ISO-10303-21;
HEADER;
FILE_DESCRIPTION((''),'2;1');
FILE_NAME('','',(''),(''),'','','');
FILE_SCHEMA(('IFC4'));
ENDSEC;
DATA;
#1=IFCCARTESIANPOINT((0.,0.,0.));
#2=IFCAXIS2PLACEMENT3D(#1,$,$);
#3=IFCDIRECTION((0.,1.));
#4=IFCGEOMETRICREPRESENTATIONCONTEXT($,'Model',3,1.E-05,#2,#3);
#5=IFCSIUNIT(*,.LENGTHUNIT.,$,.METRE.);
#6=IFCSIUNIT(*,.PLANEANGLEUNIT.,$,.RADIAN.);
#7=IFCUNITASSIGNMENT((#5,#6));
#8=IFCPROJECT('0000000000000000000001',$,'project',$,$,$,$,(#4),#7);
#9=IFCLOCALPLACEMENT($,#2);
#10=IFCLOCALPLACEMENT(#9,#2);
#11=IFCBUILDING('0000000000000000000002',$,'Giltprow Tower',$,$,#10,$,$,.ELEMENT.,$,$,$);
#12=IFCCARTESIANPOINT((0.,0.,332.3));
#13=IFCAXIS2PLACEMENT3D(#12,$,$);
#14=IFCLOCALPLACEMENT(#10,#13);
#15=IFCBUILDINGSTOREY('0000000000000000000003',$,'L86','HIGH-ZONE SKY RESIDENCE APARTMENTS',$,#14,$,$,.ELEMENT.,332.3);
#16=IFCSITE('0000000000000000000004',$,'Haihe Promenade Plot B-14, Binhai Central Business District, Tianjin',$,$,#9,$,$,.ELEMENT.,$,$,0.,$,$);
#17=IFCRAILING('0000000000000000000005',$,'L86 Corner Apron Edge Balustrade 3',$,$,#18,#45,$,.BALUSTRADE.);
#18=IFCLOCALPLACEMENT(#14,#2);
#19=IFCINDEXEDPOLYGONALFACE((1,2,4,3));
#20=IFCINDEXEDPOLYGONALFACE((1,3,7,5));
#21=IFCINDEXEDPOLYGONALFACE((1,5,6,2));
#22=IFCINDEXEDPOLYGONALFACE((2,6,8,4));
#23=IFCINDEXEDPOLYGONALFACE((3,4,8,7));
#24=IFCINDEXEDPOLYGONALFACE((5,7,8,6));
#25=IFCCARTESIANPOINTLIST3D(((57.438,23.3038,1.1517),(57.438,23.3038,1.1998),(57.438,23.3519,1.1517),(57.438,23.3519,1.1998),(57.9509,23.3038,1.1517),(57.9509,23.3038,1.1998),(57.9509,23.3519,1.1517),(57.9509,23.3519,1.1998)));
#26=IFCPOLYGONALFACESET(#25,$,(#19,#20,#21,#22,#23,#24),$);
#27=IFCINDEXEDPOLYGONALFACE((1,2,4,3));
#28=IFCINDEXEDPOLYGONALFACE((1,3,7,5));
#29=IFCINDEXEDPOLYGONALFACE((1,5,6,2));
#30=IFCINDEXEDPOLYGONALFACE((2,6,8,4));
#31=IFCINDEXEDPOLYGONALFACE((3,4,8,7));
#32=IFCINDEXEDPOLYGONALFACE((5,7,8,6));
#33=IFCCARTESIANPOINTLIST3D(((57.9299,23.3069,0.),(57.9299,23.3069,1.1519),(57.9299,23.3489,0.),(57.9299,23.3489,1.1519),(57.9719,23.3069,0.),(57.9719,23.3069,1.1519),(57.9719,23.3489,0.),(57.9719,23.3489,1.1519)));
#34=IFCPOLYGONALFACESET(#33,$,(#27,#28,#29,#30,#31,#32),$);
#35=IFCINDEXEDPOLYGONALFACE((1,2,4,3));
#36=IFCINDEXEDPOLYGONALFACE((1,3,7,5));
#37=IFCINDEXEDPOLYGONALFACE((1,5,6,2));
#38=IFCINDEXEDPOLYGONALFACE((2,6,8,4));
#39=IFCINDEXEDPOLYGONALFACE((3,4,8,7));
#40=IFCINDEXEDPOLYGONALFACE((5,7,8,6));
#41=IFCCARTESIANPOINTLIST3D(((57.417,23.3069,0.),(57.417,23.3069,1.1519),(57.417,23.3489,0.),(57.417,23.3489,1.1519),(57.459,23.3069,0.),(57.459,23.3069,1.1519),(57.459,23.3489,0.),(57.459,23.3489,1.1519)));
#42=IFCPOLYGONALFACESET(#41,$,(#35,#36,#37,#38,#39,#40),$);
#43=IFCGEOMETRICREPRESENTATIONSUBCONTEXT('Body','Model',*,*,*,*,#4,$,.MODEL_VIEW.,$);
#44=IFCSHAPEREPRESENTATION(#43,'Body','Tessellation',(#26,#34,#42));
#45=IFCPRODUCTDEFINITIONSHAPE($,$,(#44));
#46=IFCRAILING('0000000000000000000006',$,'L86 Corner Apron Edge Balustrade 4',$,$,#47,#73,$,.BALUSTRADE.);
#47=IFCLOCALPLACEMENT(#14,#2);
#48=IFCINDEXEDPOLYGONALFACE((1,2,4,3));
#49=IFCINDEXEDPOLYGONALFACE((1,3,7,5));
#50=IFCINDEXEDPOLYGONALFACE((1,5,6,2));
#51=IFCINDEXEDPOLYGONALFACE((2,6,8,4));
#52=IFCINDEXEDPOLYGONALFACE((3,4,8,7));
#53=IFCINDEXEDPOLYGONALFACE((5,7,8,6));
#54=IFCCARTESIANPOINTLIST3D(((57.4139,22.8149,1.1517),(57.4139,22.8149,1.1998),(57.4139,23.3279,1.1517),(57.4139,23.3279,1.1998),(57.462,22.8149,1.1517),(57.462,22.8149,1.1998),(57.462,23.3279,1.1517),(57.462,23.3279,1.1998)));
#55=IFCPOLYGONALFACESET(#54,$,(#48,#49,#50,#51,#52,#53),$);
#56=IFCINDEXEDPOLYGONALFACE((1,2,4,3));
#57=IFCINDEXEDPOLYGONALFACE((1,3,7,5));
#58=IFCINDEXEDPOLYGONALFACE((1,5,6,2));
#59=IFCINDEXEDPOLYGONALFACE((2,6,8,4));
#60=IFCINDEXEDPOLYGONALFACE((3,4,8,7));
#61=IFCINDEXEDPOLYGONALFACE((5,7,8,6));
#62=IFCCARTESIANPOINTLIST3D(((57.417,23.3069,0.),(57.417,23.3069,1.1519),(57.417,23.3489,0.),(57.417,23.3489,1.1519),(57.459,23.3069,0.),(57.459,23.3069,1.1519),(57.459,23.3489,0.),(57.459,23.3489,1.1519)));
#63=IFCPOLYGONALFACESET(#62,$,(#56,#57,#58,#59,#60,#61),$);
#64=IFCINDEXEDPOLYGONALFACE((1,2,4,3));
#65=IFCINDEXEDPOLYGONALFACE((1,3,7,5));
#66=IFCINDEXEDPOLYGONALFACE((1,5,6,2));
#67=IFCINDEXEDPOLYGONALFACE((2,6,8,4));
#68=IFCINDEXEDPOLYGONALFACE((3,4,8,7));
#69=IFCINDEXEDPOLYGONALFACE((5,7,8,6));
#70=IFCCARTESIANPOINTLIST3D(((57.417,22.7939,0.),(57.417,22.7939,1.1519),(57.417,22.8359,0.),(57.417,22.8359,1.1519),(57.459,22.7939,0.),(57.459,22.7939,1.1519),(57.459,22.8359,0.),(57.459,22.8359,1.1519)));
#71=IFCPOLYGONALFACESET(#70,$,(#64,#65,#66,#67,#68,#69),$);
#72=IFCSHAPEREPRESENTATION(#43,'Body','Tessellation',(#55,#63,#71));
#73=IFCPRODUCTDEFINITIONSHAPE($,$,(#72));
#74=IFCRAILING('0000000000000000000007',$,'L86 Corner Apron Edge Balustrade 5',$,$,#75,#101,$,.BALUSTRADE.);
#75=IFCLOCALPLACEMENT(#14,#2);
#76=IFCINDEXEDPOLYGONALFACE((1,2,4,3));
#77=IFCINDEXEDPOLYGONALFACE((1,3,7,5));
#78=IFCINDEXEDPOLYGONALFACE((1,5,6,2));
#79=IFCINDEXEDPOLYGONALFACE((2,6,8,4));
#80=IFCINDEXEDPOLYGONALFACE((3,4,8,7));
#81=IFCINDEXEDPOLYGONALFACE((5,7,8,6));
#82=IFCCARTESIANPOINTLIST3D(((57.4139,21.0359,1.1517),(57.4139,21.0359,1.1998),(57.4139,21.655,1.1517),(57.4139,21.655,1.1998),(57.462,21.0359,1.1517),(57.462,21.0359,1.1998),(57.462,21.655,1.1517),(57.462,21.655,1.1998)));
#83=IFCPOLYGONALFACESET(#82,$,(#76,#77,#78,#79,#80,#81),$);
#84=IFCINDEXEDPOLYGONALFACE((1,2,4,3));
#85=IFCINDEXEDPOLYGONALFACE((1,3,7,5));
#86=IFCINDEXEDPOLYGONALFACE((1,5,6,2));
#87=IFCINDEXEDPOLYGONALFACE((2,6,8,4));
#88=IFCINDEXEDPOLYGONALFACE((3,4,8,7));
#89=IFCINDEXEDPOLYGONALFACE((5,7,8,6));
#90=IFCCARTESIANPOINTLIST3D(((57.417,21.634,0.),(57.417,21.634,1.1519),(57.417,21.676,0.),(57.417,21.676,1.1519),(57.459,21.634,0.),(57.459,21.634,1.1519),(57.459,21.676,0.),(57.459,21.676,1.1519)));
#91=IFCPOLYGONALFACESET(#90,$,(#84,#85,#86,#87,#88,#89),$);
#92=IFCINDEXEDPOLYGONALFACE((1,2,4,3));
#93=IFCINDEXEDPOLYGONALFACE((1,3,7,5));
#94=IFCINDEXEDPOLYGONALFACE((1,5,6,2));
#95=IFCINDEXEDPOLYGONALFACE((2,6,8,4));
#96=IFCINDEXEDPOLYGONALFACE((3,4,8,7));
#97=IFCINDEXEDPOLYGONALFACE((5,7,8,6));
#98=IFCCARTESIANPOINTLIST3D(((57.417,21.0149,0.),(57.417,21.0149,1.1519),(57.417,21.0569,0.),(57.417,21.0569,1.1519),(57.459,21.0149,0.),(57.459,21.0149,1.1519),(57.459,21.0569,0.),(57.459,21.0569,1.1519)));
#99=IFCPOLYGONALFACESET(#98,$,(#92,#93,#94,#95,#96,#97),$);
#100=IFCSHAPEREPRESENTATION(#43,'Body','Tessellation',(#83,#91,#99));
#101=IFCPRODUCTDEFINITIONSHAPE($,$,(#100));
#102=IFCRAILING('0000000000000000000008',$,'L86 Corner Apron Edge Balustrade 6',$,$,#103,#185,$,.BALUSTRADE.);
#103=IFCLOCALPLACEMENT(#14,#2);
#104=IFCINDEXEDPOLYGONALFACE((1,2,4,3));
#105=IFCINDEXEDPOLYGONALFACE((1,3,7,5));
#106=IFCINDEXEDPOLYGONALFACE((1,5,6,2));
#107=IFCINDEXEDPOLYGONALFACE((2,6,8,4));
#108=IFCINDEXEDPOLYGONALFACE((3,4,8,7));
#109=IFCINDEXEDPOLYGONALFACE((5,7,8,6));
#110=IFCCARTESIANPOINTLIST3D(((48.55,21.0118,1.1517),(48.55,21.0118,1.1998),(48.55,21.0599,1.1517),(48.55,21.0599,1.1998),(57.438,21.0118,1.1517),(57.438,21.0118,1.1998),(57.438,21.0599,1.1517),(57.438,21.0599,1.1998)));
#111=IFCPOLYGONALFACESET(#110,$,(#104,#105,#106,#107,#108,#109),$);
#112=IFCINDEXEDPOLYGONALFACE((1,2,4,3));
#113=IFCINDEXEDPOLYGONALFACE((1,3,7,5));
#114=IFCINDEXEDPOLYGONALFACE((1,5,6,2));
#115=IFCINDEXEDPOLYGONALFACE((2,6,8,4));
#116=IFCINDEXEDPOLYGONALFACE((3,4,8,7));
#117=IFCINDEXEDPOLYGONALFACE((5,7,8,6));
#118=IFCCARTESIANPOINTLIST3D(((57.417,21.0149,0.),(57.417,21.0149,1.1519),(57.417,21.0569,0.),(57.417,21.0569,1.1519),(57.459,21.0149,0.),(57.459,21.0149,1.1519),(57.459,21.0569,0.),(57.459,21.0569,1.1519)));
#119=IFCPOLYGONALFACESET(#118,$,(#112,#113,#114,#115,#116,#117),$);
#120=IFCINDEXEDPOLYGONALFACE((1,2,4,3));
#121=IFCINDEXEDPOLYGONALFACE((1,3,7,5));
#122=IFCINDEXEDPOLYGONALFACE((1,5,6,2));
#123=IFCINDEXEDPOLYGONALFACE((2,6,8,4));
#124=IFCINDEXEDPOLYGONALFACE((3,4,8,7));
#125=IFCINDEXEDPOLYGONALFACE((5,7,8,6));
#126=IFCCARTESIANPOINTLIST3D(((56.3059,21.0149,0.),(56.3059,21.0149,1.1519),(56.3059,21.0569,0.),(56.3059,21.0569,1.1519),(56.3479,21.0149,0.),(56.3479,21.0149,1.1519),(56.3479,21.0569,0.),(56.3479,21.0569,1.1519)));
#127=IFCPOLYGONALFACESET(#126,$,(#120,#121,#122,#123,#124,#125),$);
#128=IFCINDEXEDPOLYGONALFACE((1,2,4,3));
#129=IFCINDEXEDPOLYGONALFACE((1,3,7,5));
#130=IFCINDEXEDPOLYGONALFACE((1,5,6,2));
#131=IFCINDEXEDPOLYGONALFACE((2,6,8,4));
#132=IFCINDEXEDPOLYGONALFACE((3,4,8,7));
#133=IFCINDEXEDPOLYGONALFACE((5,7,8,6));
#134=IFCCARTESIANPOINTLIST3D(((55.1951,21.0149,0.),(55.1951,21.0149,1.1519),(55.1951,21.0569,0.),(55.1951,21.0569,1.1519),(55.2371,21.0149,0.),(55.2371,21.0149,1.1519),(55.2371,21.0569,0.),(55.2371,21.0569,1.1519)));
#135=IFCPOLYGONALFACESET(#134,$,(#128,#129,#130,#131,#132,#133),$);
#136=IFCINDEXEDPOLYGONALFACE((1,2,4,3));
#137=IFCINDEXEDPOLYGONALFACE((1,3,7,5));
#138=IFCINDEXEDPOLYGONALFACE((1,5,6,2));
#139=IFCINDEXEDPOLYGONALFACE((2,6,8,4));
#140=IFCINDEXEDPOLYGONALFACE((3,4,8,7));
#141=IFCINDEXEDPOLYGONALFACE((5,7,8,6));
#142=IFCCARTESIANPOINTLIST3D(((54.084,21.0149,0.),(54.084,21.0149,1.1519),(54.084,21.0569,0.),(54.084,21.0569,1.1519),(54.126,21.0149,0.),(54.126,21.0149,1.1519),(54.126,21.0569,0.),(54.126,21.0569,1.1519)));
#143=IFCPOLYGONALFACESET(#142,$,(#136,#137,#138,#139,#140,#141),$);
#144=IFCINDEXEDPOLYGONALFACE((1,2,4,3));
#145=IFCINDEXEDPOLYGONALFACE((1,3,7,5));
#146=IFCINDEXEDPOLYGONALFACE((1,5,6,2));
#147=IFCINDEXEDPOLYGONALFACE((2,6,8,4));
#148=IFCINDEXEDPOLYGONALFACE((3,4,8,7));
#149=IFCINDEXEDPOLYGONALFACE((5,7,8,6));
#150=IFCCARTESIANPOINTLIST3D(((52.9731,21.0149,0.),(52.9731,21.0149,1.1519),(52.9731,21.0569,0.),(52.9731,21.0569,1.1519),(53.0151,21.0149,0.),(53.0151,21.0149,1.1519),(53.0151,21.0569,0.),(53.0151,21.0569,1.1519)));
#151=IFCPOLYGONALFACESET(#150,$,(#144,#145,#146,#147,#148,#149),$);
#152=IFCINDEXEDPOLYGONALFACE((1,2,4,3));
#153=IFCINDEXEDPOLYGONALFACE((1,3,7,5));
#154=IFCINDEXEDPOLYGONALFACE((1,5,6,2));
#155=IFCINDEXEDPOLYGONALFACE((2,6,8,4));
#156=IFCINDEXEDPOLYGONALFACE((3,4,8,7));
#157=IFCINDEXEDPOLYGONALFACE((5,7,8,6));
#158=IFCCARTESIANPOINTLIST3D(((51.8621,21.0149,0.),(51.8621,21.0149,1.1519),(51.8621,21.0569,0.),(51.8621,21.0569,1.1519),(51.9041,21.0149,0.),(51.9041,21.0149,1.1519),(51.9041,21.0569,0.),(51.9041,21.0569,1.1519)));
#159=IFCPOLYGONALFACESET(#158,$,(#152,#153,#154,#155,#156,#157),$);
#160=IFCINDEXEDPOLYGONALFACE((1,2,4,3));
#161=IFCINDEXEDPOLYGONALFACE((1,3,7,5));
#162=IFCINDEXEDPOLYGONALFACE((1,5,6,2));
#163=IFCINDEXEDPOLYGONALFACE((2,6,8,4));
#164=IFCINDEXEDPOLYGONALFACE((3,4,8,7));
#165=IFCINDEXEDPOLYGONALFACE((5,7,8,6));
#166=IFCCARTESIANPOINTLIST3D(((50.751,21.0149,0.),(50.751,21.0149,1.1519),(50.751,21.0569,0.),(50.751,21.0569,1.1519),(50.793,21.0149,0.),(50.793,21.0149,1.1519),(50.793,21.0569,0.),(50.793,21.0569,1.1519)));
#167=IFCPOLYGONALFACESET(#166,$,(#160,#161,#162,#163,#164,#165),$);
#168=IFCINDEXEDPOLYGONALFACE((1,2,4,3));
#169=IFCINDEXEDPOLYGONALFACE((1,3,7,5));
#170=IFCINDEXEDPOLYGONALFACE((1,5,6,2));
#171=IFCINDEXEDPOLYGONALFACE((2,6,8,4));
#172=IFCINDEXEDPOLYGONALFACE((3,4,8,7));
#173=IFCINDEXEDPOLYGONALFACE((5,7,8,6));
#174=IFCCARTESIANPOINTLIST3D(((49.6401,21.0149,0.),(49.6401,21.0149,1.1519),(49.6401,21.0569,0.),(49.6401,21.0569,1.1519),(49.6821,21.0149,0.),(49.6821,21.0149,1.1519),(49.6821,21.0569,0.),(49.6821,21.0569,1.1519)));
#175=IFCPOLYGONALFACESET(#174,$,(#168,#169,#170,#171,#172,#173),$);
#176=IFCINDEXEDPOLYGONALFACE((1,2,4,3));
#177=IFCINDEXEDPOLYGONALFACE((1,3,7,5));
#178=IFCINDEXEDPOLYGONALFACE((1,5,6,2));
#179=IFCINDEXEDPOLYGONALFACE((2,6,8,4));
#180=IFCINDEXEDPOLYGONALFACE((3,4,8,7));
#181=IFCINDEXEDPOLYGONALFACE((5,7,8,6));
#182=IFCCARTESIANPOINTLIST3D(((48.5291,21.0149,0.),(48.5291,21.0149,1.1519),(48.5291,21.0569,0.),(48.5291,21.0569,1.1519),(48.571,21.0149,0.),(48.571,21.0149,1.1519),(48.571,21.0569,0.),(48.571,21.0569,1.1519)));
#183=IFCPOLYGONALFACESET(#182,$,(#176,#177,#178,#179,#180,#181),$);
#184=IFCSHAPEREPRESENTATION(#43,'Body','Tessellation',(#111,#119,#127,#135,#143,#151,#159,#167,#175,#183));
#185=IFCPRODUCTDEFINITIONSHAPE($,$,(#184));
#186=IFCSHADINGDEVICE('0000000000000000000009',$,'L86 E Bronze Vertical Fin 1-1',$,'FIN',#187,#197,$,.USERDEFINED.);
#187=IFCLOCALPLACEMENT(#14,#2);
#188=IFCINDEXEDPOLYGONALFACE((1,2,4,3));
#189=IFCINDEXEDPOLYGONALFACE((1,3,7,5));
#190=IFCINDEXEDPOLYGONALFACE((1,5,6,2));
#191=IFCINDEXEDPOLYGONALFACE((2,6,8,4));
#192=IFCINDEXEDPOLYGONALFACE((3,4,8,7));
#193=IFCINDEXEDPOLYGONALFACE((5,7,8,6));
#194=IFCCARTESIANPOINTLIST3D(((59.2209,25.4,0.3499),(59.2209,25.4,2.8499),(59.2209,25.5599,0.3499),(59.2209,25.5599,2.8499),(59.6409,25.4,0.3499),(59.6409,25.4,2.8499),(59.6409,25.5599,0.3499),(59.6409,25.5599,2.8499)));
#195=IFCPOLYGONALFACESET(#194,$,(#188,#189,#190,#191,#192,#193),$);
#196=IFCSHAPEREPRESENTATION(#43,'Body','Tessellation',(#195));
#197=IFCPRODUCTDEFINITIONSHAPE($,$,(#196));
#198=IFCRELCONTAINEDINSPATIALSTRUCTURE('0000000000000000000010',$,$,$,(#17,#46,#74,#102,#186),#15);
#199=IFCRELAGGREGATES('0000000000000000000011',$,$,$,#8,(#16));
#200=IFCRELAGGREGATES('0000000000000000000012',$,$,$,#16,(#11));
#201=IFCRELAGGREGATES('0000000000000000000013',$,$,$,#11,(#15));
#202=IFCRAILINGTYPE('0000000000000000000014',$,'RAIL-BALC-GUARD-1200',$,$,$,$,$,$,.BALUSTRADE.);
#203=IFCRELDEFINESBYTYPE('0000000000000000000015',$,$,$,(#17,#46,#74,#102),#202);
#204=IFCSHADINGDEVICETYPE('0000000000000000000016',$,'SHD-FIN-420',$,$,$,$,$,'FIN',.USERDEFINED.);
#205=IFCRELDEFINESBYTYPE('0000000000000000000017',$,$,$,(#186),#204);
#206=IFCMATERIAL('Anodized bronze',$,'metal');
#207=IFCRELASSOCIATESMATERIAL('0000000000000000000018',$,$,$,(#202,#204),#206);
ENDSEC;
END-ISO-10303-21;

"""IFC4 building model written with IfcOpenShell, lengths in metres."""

from ifc_helpers import new_model, si_unit, direction, frame, origin, origin_2d, place, context, subcontext, project, spatial, rectangle, extrude, source, transform, mapped, material, type_object, element, save


model = new_model("IFC4")

# Units and contexts
model_context = context("Model", 3, precision=1e-05, world=origin(), true_north=direction((0.0, 1.0)))
body_context = subcontext(model_context, "Body", "Model", "MODEL_VIEW")
ifc_project = project(units=[si_unit("LENGTHUNIT", "METRE"), si_unit("PLANEANGLEUNIT", "RADIAN")], contexts=[model_context])

# Site, building, storey
site_placement = place(None, origin())
site = spatial("IfcSite", under=ifc_project, at=site_placement, Name="Haihe Promenade Plot B-14, Binhai Central Business District, Tianjin", CompositionType="ELEMENT", RefElevation=0.0)
building_placement = place(site_placement, origin())
building = spatial("IfcBuilding", under=site, at=building_placement, Name="Giltprow Tower", CompositionType="ELEMENT")
storey_placement = place(building_placement, frame((0.0, 0.0, 332.3)))
storey = spatial("IfcBuildingStorey", under=building, at=storey_placement, Name="L86", Description="HIGH-ZONE SKY RESIDENCE APARTMENTS", CompositionType="ELEMENT", Elevation=332.3)

# Shared definitions
ifc_material_1 = material(Name="Anodized bronze", Category="metal")

# Railings
railing_type = type_object("IfcRailingType", Name="RAIL-BALC-GUARD-1200", PredefinedType="BALUSTRADE", material=ifc_material_1)
railing_1_placement = place(storey_placement, frame((57.9509, 23.3279, 0.0)))
element("IfcRailing", 1, at=railing_1_placement, inside=storey, type_object=railing_type, Name="L86 Corner Apron Edge Balustrade 3", PredefinedType="BALUSTRADE", context=body_context, shape_type="SweptSolid", body=[
    extrude(rectangle(XDim=0.0481, YDim=0.0481, at=origin_2d()), frame((0.0, 0.0, 1.1758), z_axis=(-1.0, 0.0, 0.0), x_axis=(0.0, -1.0, 0.0)), (0.0, 0.0, 1.0), 0.5129),
    extrude(rectangle(XDim=0.042, YDim=0.042, at=origin_2d()), origin(), (0.0, 0.0, 1.0), 1.1519),
    extrude(rectangle(XDim=0.042, YDim=0.042, at=origin_2d()), frame((-0.5129, 0.0, 0.0)), (0.0, 0.0, 1.0), 1.1519),
])
railing_2_placement = place(storey_placement, frame((57.438, 23.3279, 0.0)))
element("IfcRailing", 2, at=railing_2_placement, inside=storey, type_object=railing_type, Name="L86 Corner Apron Edge Balustrade 4", PredefinedType="BALUSTRADE", context=body_context, shape_type="SweptSolid", body=[
    extrude(rectangle(XDim=0.0481, YDim=0.0481, at=origin_2d()), frame((0.0, 0.0, 1.1758), z_axis=(0.0, -1.0, 0.0), x_axis=(1.0, 0.0, 0.0)), (0.0, 0.0, 1.0), 0.5129),
    extrude(rectangle(XDim=0.042, YDim=0.042, at=origin_2d()), origin(), (0.0, 0.0, 1.0), 1.1519),
    extrude(rectangle(XDim=0.042, YDim=0.042, at=origin_2d()), frame((0.0, -0.5129, 0.0)), (0.0, 0.0, 1.0), 1.1519),
])
railing_3_placement = place(storey_placement, frame((57.438, 21.655, 0.0)))
element("IfcRailing", 3, at=railing_3_placement, inside=storey, type_object=railing_type, Name="L86 Corner Apron Edge Balustrade 5", PredefinedType="BALUSTRADE", context=body_context, shape_type="SweptSolid", body=[
    extrude(rectangle(XDim=0.0481, YDim=0.0481, at=origin_2d()), frame((0.0, 0.0, 1.1758), z_axis=(0.0, -1.0, 0.0), x_axis=(1.0, 0.0, 0.0)), (0.0, 0.0, 1.0), 0.6191),
    extrude(rectangle(XDim=0.042, YDim=0.042, at=origin_2d()), origin(), (0.0, 0.0, 1.0), 1.1519),
    extrude(rectangle(XDim=0.042, YDim=0.042, at=origin_2d()), frame((0.0, -0.6191, 0.0)), (0.0, 0.0, 1.0), 1.1519),
])
railing_4_placement = place(storey_placement, frame((57.438, 21.0359, 0.0)))
element("IfcRailing", 4, at=railing_4_placement, inside=storey, type_object=railing_type, Name="L86 Corner Apron Edge Balustrade 6", PredefinedType="BALUSTRADE", context=body_context, shape_type="SweptSolid", body=[
    extrude(rectangle(XDim=0.0481, YDim=0.0481, at=origin_2d()), frame((0.0, 0.0, 1.1758), z_axis=(-1.0, 0.0, 0.0), x_axis=(0.0, -1.0, 0.0)), (0.0, 0.0, 1.0), 8.8879),
    extrude(rectangle(XDim=0.042, YDim=0.042, at=origin_2d()), origin(), (0.0, 0.0, 1.0), 1.1519),
    extrude(rectangle(XDim=0.042, YDim=0.042, at=origin_2d()), frame((-1.1111, 0.0, 0.0)), (0.0, 0.0, 1.0), 1.1519),
    extrude(rectangle(XDim=0.042, YDim=0.042, at=origin_2d()), frame((-2.2219, 0.0, 0.0)), (0.0, 0.0, 1.0), 1.1519),
    extrude(rectangle(XDim=0.042, YDim=0.042, at=origin_2d()), frame((-3.333, 0.0, 0.0)), (0.0, 0.0, 1.0), 1.1519),
    extrude(rectangle(XDim=0.042, YDim=0.042, at=origin_2d()), frame((-4.4438, 0.0, 0.0)), (0.0, 0.0, 1.0), 1.1519),
    extrude(rectangle(XDim=0.042, YDim=0.042, at=origin_2d()), frame((-5.5549, 0.0, 0.0)), (0.0, 0.0, 1.0), 1.1519),
    extrude(rectangle(XDim=0.042, YDim=0.042, at=origin_2d()), frame((-6.666, 0.0, 0.0)), (0.0, 0.0, 1.0), 1.1519),
    extrude(rectangle(XDim=0.042, YDim=0.042, at=origin_2d()), frame((-7.7769, 0.0, 0.0)), (0.0, 0.0, 1.0), 1.1519),
    extrude(rectangle(XDim=0.042, YDim=0.042, at=origin_2d()), frame((-8.8879, 0.0, 0.0)), (0.0, 0.0, 1.0), 1.1519),
])

# Shading device
shading_device_type = type_object("IfcShadingDeviceType", Name="SHD-FIN-420", ElementType="FIN", PredefinedType="USERDEFINED", material=ifc_material_1)
shared_shape_1 = source(origin(), body_context, "Body", "SweptSolid", [
    extrude(rectangle(XDim=0.4199, YDim=0.1599, at=origin_2d()), origin(), (0.0, 0.0, 1.0), 2.5),
])
shading_device_placement = place(storey_placement, frame((59.4309, 25.48, 0.3499), z_axis=(0.0, 0.0, 1.0), x_axis=(1.0, 0.0, 0.0)))
element("IfcShadingDevice", 5, at=shading_device_placement, inside=storey, type_object=shading_device_type, Name="L86 E Bronze Vertical Fin 1-1", ObjectType="FIN", PredefinedType="USERDEFINED", context=body_context, shape_type="MappedRepresentation", body=[
    mapped(shared_shape_1, transform((0.0, 0.0, 0.0), x_axis=(1.0, 0.0, 0.0), y_axis=(0.0, 1.0, 0.0), z_axis=(0.0, 0.0, 1.0), scale=1.0)),
])

save(model, "model.ifc")
